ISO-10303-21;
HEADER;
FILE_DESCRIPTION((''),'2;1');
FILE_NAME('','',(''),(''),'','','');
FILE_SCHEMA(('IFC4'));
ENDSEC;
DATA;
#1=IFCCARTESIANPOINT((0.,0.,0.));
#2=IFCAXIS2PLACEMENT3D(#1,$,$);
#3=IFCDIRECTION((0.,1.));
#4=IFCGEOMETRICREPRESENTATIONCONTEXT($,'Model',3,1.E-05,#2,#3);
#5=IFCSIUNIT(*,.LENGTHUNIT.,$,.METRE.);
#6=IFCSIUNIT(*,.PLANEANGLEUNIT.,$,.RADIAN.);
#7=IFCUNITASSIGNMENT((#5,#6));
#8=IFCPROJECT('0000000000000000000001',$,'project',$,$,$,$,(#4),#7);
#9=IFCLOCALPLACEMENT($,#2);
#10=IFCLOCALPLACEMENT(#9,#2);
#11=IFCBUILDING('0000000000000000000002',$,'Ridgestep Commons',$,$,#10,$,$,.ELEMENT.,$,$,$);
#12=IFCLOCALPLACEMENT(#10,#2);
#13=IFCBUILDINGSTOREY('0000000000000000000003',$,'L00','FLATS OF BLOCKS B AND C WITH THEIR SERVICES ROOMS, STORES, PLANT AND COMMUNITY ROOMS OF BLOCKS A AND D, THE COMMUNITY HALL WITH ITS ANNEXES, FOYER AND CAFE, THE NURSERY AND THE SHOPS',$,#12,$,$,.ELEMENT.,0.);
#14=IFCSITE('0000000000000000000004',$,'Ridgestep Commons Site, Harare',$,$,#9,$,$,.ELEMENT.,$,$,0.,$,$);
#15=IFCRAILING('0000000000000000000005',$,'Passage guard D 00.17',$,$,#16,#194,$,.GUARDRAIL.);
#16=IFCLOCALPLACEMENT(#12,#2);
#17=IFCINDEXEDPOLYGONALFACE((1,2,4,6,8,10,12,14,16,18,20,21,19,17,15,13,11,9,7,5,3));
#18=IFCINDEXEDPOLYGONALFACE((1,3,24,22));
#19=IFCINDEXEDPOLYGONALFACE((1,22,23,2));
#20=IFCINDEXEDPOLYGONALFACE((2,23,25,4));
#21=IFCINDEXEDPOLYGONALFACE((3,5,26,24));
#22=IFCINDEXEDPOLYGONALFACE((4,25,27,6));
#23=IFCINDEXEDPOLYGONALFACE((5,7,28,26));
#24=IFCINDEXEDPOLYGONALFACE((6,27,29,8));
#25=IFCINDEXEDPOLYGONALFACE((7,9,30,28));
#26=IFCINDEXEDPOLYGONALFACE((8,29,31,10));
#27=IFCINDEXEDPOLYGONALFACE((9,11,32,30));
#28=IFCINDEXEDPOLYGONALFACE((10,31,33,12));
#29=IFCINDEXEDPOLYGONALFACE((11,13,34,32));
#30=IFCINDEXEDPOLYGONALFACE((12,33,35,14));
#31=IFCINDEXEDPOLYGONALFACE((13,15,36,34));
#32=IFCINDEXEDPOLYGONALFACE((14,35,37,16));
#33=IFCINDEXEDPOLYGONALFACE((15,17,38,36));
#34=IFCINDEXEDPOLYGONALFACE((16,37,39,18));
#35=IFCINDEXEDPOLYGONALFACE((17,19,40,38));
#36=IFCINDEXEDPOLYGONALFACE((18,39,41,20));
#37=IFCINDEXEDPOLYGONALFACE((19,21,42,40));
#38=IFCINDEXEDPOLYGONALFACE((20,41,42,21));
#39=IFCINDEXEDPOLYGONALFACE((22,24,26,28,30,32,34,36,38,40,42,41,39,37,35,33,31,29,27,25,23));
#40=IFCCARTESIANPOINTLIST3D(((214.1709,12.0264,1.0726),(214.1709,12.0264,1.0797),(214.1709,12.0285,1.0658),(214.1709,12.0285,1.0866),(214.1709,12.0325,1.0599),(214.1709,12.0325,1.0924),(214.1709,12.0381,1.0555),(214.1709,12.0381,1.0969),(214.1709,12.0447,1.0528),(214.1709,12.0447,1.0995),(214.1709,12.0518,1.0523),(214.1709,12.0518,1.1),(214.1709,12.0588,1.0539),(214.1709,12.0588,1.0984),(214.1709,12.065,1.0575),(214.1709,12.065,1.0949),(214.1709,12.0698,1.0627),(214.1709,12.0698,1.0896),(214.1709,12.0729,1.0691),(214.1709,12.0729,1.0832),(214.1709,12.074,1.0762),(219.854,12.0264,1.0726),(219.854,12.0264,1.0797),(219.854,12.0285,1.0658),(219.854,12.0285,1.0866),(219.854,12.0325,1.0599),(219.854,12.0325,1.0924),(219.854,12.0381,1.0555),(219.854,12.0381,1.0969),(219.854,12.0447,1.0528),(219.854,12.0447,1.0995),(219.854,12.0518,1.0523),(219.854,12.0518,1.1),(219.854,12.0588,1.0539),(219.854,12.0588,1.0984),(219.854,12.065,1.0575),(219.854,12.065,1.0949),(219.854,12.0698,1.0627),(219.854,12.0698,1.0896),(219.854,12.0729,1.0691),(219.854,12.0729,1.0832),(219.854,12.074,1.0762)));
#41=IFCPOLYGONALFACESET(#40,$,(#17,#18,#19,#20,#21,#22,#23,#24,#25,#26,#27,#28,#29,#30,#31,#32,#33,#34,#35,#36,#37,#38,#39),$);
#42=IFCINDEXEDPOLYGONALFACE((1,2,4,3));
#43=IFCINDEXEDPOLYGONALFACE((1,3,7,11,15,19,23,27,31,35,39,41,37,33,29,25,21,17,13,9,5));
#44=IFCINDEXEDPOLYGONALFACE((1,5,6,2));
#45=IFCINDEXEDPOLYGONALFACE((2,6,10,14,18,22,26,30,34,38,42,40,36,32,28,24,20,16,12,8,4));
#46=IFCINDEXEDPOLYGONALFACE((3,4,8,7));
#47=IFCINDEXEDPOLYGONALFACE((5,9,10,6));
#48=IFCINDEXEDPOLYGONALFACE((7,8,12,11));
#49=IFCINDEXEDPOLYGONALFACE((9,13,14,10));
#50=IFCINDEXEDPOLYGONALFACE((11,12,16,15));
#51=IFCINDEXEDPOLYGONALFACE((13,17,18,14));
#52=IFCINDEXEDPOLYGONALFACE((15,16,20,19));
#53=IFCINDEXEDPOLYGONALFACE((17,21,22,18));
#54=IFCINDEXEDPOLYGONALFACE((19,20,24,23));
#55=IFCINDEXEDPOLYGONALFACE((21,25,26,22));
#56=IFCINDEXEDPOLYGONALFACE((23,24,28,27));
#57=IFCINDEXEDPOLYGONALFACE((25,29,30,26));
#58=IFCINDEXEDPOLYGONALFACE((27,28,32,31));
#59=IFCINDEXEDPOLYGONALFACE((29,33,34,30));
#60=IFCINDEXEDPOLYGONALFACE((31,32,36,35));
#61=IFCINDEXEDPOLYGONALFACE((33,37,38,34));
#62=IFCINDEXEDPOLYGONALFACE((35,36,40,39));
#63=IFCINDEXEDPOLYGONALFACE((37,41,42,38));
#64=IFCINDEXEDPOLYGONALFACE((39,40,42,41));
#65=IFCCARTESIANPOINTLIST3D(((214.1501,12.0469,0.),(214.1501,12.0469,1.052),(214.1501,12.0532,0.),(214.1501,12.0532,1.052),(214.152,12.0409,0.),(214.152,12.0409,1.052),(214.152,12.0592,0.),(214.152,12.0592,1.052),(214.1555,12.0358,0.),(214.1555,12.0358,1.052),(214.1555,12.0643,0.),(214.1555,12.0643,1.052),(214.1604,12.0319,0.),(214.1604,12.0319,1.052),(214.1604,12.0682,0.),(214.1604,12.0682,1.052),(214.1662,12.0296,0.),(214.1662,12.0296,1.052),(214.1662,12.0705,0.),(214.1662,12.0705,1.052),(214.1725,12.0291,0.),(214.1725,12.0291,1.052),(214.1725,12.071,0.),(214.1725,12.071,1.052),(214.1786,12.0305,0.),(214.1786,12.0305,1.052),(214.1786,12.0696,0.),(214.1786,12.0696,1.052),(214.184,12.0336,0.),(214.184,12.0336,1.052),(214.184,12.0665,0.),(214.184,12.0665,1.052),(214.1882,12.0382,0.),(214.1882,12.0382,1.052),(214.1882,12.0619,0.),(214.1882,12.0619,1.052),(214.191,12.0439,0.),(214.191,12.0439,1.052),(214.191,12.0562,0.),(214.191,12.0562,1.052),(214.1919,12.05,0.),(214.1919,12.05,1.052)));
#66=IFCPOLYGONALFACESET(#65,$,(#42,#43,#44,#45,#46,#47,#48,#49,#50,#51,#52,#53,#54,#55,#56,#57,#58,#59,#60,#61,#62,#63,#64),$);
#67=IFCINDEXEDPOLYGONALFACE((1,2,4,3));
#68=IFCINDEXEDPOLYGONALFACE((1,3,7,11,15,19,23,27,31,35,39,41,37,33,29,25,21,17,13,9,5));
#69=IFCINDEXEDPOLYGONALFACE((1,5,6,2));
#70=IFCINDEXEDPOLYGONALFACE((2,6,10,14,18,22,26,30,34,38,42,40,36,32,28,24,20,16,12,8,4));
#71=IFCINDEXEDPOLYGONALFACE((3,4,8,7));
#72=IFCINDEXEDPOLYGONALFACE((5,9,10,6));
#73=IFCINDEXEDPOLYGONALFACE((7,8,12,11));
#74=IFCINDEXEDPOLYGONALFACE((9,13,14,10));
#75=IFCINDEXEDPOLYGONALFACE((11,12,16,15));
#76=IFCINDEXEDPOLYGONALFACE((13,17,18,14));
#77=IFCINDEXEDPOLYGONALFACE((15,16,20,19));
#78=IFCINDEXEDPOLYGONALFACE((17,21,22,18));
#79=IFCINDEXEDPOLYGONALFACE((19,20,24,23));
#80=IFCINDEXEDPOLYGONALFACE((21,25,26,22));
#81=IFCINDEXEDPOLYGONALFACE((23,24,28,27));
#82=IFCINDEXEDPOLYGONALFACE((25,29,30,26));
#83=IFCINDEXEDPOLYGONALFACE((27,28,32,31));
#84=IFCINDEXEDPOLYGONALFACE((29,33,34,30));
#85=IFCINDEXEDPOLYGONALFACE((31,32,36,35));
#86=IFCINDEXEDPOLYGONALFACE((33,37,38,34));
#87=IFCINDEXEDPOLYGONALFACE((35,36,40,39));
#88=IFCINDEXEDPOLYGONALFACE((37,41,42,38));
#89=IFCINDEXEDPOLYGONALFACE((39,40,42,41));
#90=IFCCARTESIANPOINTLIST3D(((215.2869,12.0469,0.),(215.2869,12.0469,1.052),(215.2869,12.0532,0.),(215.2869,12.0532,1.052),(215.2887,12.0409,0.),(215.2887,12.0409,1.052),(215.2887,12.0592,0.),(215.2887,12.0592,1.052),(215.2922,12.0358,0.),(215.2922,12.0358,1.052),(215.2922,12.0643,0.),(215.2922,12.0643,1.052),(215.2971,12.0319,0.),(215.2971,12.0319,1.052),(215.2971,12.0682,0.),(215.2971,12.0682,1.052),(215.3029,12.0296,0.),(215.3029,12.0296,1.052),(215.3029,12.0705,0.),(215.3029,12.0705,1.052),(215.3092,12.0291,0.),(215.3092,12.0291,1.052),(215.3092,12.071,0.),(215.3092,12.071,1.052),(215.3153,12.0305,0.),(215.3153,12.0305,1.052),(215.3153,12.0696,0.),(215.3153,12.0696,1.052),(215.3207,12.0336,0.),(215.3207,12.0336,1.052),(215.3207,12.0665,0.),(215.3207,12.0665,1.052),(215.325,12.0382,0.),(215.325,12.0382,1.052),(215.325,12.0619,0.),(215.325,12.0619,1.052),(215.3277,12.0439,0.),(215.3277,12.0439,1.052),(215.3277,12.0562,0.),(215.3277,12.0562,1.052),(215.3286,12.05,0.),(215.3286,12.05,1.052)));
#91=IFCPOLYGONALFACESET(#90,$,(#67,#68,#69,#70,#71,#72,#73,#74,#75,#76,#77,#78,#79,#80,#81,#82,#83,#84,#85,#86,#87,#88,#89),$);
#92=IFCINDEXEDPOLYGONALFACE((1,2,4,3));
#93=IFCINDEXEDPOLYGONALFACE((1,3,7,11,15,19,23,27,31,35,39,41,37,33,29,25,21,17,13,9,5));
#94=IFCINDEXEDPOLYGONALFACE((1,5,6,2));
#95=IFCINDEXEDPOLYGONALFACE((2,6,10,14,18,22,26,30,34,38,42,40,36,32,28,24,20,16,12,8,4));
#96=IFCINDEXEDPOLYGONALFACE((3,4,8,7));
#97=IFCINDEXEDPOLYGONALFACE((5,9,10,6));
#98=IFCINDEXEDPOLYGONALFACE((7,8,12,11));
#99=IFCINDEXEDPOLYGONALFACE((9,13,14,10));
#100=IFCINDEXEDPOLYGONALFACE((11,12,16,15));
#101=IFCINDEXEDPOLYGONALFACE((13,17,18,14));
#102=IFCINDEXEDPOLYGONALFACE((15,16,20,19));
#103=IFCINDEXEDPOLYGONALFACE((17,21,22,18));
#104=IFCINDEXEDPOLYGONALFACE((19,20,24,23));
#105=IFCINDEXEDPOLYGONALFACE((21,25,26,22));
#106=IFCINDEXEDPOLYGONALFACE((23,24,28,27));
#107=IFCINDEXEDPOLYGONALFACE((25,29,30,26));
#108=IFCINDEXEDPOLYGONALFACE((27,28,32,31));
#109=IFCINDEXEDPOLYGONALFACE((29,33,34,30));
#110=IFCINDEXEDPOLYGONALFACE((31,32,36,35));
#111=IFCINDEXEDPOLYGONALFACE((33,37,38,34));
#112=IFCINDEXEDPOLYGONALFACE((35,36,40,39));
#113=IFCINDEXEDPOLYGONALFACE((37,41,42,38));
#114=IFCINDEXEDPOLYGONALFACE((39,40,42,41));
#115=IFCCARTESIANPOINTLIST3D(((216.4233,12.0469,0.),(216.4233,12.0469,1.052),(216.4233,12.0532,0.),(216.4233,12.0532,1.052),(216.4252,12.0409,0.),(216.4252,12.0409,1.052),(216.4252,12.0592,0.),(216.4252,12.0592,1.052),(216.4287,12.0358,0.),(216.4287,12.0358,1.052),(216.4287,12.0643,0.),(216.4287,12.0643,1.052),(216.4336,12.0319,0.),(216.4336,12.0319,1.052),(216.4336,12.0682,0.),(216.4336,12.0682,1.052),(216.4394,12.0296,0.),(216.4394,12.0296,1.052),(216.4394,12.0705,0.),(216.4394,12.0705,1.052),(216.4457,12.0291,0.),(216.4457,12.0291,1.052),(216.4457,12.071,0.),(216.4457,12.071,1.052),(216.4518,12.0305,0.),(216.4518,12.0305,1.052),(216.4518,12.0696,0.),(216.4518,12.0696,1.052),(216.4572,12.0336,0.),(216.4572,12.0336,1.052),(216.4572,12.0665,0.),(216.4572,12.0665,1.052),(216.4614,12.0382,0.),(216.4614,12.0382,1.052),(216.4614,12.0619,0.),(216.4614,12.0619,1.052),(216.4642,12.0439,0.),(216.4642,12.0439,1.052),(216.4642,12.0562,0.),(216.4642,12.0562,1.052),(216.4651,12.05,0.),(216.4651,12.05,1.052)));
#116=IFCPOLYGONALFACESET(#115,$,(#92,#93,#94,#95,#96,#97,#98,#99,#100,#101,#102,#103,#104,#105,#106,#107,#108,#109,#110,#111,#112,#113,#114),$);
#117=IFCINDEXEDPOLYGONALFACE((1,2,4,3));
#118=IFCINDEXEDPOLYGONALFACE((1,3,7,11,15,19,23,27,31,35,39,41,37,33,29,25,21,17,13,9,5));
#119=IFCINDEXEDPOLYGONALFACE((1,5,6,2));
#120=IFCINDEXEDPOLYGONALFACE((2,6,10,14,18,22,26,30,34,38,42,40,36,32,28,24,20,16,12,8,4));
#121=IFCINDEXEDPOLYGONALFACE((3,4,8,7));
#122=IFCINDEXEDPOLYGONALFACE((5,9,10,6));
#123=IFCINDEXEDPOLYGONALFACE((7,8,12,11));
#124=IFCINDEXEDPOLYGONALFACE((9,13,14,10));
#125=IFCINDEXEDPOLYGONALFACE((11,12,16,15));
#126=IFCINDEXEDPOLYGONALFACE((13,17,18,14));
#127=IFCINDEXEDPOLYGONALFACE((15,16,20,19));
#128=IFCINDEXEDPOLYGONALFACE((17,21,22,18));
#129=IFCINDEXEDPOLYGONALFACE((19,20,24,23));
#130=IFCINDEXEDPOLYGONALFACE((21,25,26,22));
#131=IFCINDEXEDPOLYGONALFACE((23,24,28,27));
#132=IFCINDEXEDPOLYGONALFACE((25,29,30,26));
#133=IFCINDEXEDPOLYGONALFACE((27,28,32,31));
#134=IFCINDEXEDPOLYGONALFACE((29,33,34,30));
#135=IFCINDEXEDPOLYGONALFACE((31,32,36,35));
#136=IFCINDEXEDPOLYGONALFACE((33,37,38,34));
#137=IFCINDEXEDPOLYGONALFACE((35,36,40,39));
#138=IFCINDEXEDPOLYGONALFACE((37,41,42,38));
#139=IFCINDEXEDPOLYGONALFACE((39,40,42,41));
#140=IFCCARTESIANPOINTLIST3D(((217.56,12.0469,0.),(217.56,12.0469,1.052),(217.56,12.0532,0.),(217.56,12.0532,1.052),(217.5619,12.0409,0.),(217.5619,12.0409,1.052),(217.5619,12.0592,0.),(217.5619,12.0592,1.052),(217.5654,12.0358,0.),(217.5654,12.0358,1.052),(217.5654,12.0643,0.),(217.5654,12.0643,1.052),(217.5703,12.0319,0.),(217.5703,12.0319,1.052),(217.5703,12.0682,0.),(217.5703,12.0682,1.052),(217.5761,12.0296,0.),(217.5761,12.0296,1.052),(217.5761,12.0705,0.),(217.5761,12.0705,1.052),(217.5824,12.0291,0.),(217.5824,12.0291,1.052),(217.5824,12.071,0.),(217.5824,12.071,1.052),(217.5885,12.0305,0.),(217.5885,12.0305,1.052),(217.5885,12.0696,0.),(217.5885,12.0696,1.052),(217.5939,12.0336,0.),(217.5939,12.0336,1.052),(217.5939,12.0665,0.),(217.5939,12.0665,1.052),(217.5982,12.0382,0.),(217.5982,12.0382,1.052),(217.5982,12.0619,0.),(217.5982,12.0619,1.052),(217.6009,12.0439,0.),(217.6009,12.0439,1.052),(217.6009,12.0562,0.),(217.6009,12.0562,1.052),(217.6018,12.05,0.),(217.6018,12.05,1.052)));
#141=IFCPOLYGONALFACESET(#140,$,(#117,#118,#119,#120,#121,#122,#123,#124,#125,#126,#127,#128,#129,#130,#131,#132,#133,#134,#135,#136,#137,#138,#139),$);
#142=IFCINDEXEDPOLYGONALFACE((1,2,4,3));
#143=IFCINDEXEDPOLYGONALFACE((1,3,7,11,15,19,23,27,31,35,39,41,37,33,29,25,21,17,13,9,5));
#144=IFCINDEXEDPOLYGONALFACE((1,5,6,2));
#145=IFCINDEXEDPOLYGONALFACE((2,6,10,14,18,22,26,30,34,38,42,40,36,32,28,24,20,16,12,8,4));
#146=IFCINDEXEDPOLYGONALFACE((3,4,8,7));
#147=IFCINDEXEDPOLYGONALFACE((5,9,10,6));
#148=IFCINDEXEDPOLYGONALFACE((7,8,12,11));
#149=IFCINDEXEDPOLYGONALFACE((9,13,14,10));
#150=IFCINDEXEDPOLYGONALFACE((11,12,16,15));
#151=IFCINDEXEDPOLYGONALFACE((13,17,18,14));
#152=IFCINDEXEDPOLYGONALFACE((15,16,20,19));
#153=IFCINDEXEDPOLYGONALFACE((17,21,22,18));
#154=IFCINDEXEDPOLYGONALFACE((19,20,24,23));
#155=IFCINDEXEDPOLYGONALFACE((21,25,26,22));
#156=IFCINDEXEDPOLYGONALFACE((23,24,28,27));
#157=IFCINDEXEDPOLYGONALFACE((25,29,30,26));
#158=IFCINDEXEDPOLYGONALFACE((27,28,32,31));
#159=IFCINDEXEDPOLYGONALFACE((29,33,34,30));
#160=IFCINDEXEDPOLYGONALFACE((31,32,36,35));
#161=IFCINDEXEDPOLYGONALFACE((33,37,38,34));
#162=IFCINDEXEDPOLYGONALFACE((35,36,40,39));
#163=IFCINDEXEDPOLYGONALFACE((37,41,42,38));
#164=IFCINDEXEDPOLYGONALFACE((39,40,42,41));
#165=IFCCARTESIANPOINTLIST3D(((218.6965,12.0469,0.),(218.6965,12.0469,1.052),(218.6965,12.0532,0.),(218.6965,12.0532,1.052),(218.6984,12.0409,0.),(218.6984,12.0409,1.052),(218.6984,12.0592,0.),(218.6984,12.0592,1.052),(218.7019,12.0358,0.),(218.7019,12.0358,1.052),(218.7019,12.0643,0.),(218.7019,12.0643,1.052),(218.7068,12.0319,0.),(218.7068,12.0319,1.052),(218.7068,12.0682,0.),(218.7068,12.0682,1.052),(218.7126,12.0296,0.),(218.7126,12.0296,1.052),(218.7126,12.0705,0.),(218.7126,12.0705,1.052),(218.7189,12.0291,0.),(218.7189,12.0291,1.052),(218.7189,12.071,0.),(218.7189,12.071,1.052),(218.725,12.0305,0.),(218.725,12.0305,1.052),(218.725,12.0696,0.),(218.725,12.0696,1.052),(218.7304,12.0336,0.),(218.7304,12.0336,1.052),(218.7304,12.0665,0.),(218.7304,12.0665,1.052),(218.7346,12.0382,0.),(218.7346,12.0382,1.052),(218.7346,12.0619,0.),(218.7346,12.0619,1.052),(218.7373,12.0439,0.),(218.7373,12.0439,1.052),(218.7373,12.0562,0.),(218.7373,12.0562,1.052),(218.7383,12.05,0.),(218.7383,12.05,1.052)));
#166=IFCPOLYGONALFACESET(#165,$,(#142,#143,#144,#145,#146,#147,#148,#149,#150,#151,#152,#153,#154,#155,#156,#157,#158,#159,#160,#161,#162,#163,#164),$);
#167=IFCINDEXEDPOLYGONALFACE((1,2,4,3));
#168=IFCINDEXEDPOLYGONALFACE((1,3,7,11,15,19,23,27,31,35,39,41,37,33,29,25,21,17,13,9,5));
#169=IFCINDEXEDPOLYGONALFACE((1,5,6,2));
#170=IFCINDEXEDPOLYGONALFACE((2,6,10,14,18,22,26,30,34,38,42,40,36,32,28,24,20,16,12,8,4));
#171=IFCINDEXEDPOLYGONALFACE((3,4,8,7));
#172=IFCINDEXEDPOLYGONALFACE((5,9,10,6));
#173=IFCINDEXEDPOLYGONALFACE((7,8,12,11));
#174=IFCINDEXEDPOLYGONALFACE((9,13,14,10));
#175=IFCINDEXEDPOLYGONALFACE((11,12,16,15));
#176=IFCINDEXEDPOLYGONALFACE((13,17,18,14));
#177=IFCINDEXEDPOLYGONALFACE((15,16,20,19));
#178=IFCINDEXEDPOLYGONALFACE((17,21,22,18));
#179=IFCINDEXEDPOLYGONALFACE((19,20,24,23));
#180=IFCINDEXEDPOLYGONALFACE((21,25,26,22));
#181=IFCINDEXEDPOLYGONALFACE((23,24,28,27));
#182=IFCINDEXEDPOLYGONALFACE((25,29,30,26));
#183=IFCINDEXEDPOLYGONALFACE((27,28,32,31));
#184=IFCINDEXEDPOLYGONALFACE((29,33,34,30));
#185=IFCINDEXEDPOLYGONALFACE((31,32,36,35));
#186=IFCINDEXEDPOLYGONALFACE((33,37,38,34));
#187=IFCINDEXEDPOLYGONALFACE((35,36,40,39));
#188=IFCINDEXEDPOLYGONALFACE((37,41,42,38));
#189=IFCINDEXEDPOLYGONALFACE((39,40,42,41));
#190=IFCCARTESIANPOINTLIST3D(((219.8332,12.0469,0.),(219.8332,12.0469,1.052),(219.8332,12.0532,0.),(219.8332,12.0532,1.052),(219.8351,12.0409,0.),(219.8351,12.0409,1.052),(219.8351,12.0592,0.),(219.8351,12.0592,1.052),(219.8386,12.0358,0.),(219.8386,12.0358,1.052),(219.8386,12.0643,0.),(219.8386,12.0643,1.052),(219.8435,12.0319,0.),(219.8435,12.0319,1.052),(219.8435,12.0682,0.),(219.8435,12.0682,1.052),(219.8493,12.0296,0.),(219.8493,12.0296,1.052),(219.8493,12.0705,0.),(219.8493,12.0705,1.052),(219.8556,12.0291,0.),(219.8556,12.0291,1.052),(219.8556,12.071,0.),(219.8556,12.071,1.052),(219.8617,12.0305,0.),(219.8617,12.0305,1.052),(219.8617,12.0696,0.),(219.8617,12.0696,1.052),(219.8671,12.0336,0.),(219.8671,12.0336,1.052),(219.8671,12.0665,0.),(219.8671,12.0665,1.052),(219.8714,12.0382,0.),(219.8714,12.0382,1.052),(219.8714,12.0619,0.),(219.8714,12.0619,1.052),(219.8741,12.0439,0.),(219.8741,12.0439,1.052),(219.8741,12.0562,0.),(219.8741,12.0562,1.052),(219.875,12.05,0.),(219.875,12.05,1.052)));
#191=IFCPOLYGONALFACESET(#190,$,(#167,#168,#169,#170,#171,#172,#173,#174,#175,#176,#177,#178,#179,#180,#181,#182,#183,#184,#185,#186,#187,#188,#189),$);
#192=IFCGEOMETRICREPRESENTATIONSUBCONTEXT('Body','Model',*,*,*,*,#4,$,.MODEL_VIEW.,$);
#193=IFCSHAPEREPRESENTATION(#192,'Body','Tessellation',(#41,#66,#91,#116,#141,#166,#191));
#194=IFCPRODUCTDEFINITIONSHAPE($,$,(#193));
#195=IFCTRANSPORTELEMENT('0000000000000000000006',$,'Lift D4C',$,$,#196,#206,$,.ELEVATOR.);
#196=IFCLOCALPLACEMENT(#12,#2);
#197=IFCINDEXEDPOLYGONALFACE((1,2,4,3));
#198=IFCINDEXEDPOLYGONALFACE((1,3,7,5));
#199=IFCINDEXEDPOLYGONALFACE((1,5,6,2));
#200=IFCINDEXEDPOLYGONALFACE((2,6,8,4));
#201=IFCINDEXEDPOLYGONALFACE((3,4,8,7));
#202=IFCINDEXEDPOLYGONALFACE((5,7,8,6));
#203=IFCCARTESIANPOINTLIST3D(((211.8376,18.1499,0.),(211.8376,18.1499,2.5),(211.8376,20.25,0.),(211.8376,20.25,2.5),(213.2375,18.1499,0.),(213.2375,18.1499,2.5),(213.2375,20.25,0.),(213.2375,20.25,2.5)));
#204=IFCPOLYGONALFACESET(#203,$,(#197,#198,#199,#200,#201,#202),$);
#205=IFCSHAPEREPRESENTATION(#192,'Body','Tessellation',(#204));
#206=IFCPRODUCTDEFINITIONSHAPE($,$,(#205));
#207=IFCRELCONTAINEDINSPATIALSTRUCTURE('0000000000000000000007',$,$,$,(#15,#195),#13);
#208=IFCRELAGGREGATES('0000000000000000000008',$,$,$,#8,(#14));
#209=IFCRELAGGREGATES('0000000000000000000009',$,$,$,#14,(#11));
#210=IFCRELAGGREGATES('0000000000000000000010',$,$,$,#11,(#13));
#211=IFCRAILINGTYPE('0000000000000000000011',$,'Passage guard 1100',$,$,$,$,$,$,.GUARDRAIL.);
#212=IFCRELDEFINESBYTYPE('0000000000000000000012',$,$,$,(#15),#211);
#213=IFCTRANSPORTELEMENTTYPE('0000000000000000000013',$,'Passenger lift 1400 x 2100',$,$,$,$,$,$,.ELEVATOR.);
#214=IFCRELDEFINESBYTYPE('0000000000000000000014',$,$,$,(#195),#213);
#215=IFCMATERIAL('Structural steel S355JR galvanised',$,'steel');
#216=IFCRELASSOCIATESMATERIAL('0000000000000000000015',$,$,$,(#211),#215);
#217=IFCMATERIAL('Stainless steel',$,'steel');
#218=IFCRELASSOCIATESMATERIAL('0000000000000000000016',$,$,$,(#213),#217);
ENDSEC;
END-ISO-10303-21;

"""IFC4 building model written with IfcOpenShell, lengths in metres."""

from ifc_helpers import new_model, si_unit, direction, frame, origin, origin_2d, place, context, subcontext, project, spatial, rectangle, circle, extrude, material, type_object, element, save


model = new_model("IFC4")

# Units and contexts
model_context = context("Model", 3, precision=1e-05, world=origin(), true_north=direction((0.0, 1.0)))
body_context = subcontext(model_context, "Body", "Model", "MODEL_VIEW")
ifc_project = project(units=[si_unit("LENGTHUNIT", "METRE"), si_unit("PLANEANGLEUNIT", "RADIAN")], contexts=[model_context])

# Site, building, storey
site_placement = place(None, origin())
site = spatial("IfcSite", under=ifc_project, at=site_placement, Name="Ridgestep Commons Site, Harare", CompositionType="ELEMENT", RefElevation=0.0)
building_placement = place(site_placement, origin())
building = spatial("IfcBuilding", under=site, at=building_placement, Name="Ridgestep Commons", CompositionType="ELEMENT")
storey_placement = place(building_placement, origin())
storey = spatial("IfcBuildingStorey", under=building, at=storey_placement, Name="L00", Description="FLATS OF BLOCKS B AND C WITH THEIR SERVICES ROOMS, STORES, PLANT AND COMMUNITY ROOMS OF BLOCKS A AND D, THE COMMUNITY HALL WITH ITS ANNEXES, FOYER AND CAFE, THE NURSERY AND THE SHOPS", CompositionType="ELEMENT", Elevation=0.0)

# Railing
ifc_material_1 = material(Name="Structural steel S355JR galvanised", Category="steel")
railing_type = type_object("IfcRailingType", Name="Passage guard 1100", PredefinedType="GUARDRAIL", material=ifc_material_1)
railing_placement = place(storey_placement, frame((214.1709, 12.05, 0.0)))
element("IfcRailing", 1, at=railing_placement, inside=storey, type_object=railing_type, Name="Passage guard D 00.17", PredefinedType="GUARDRAIL", context=body_context, shape_type="SweptSolid", body=[
    extrude(circle(Radius=0.0239, at=origin_2d()), frame((0.0, 0.0, 1.0762), z_axis=(1.0, 0.0, 0.0), x_axis=(0.0, 1.0, 0.0)), (0.0, 0.0, 1.0), 5.6831),
    extrude(circle(Radius=0.021, at=origin_2d()), origin(), (0.0, 0.0, 1.0), 1.052),
    extrude(circle(Radius=0.021, at=origin_2d()), frame((1.1367, 0.0, 0.0)), (0.0, 0.0, 1.0), 1.052),
    extrude(circle(Radius=0.021, at=origin_2d()), frame((2.2732, 0.0, 0.0)), (0.0, 0.0, 1.0), 1.052),
    extrude(circle(Radius=0.021, at=origin_2d()), frame((3.4099, 0.0, 0.0)), (0.0, 0.0, 1.0), 1.052),
    extrude(circle(Radius=0.021, at=origin_2d()), frame((4.5464, 0.0, 0.0)), (0.0, 0.0, 1.0), 1.052),
    extrude(circle(Radius=0.021, at=origin_2d()), frame((5.6831, 0.0, 0.0)), (0.0, 0.0, 1.0), 1.052),
])

# Transport element
ifc_material_2 = material(Name="Stainless steel", Category="steel")
transport_element_type = type_object("IfcTransportElementType", Name="Passenger lift 1400 x 2100", PredefinedType="ELEVATOR", material=ifc_material_2)
transport_element_placement = place(storey_placement, frame((212.5376, 19.2, 0.0), z_axis=(0.0, 0.0, 1.0), x_axis=(1.0, 0.0, 0.0)))
element("IfcTransportElement", 2, at=transport_element_placement, inside=storey, type_object=transport_element_type, Name="Lift D4C", PredefinedType="ELEVATOR", context=body_context, shape_type="SweptSolid", body=[
    extrude(rectangle(XDim=1.3999, YDim=2.1001, at=origin_2d()), origin(), (0.0, 0.0, 1.0), 2.5),
])

save(model, "model.ifc")
